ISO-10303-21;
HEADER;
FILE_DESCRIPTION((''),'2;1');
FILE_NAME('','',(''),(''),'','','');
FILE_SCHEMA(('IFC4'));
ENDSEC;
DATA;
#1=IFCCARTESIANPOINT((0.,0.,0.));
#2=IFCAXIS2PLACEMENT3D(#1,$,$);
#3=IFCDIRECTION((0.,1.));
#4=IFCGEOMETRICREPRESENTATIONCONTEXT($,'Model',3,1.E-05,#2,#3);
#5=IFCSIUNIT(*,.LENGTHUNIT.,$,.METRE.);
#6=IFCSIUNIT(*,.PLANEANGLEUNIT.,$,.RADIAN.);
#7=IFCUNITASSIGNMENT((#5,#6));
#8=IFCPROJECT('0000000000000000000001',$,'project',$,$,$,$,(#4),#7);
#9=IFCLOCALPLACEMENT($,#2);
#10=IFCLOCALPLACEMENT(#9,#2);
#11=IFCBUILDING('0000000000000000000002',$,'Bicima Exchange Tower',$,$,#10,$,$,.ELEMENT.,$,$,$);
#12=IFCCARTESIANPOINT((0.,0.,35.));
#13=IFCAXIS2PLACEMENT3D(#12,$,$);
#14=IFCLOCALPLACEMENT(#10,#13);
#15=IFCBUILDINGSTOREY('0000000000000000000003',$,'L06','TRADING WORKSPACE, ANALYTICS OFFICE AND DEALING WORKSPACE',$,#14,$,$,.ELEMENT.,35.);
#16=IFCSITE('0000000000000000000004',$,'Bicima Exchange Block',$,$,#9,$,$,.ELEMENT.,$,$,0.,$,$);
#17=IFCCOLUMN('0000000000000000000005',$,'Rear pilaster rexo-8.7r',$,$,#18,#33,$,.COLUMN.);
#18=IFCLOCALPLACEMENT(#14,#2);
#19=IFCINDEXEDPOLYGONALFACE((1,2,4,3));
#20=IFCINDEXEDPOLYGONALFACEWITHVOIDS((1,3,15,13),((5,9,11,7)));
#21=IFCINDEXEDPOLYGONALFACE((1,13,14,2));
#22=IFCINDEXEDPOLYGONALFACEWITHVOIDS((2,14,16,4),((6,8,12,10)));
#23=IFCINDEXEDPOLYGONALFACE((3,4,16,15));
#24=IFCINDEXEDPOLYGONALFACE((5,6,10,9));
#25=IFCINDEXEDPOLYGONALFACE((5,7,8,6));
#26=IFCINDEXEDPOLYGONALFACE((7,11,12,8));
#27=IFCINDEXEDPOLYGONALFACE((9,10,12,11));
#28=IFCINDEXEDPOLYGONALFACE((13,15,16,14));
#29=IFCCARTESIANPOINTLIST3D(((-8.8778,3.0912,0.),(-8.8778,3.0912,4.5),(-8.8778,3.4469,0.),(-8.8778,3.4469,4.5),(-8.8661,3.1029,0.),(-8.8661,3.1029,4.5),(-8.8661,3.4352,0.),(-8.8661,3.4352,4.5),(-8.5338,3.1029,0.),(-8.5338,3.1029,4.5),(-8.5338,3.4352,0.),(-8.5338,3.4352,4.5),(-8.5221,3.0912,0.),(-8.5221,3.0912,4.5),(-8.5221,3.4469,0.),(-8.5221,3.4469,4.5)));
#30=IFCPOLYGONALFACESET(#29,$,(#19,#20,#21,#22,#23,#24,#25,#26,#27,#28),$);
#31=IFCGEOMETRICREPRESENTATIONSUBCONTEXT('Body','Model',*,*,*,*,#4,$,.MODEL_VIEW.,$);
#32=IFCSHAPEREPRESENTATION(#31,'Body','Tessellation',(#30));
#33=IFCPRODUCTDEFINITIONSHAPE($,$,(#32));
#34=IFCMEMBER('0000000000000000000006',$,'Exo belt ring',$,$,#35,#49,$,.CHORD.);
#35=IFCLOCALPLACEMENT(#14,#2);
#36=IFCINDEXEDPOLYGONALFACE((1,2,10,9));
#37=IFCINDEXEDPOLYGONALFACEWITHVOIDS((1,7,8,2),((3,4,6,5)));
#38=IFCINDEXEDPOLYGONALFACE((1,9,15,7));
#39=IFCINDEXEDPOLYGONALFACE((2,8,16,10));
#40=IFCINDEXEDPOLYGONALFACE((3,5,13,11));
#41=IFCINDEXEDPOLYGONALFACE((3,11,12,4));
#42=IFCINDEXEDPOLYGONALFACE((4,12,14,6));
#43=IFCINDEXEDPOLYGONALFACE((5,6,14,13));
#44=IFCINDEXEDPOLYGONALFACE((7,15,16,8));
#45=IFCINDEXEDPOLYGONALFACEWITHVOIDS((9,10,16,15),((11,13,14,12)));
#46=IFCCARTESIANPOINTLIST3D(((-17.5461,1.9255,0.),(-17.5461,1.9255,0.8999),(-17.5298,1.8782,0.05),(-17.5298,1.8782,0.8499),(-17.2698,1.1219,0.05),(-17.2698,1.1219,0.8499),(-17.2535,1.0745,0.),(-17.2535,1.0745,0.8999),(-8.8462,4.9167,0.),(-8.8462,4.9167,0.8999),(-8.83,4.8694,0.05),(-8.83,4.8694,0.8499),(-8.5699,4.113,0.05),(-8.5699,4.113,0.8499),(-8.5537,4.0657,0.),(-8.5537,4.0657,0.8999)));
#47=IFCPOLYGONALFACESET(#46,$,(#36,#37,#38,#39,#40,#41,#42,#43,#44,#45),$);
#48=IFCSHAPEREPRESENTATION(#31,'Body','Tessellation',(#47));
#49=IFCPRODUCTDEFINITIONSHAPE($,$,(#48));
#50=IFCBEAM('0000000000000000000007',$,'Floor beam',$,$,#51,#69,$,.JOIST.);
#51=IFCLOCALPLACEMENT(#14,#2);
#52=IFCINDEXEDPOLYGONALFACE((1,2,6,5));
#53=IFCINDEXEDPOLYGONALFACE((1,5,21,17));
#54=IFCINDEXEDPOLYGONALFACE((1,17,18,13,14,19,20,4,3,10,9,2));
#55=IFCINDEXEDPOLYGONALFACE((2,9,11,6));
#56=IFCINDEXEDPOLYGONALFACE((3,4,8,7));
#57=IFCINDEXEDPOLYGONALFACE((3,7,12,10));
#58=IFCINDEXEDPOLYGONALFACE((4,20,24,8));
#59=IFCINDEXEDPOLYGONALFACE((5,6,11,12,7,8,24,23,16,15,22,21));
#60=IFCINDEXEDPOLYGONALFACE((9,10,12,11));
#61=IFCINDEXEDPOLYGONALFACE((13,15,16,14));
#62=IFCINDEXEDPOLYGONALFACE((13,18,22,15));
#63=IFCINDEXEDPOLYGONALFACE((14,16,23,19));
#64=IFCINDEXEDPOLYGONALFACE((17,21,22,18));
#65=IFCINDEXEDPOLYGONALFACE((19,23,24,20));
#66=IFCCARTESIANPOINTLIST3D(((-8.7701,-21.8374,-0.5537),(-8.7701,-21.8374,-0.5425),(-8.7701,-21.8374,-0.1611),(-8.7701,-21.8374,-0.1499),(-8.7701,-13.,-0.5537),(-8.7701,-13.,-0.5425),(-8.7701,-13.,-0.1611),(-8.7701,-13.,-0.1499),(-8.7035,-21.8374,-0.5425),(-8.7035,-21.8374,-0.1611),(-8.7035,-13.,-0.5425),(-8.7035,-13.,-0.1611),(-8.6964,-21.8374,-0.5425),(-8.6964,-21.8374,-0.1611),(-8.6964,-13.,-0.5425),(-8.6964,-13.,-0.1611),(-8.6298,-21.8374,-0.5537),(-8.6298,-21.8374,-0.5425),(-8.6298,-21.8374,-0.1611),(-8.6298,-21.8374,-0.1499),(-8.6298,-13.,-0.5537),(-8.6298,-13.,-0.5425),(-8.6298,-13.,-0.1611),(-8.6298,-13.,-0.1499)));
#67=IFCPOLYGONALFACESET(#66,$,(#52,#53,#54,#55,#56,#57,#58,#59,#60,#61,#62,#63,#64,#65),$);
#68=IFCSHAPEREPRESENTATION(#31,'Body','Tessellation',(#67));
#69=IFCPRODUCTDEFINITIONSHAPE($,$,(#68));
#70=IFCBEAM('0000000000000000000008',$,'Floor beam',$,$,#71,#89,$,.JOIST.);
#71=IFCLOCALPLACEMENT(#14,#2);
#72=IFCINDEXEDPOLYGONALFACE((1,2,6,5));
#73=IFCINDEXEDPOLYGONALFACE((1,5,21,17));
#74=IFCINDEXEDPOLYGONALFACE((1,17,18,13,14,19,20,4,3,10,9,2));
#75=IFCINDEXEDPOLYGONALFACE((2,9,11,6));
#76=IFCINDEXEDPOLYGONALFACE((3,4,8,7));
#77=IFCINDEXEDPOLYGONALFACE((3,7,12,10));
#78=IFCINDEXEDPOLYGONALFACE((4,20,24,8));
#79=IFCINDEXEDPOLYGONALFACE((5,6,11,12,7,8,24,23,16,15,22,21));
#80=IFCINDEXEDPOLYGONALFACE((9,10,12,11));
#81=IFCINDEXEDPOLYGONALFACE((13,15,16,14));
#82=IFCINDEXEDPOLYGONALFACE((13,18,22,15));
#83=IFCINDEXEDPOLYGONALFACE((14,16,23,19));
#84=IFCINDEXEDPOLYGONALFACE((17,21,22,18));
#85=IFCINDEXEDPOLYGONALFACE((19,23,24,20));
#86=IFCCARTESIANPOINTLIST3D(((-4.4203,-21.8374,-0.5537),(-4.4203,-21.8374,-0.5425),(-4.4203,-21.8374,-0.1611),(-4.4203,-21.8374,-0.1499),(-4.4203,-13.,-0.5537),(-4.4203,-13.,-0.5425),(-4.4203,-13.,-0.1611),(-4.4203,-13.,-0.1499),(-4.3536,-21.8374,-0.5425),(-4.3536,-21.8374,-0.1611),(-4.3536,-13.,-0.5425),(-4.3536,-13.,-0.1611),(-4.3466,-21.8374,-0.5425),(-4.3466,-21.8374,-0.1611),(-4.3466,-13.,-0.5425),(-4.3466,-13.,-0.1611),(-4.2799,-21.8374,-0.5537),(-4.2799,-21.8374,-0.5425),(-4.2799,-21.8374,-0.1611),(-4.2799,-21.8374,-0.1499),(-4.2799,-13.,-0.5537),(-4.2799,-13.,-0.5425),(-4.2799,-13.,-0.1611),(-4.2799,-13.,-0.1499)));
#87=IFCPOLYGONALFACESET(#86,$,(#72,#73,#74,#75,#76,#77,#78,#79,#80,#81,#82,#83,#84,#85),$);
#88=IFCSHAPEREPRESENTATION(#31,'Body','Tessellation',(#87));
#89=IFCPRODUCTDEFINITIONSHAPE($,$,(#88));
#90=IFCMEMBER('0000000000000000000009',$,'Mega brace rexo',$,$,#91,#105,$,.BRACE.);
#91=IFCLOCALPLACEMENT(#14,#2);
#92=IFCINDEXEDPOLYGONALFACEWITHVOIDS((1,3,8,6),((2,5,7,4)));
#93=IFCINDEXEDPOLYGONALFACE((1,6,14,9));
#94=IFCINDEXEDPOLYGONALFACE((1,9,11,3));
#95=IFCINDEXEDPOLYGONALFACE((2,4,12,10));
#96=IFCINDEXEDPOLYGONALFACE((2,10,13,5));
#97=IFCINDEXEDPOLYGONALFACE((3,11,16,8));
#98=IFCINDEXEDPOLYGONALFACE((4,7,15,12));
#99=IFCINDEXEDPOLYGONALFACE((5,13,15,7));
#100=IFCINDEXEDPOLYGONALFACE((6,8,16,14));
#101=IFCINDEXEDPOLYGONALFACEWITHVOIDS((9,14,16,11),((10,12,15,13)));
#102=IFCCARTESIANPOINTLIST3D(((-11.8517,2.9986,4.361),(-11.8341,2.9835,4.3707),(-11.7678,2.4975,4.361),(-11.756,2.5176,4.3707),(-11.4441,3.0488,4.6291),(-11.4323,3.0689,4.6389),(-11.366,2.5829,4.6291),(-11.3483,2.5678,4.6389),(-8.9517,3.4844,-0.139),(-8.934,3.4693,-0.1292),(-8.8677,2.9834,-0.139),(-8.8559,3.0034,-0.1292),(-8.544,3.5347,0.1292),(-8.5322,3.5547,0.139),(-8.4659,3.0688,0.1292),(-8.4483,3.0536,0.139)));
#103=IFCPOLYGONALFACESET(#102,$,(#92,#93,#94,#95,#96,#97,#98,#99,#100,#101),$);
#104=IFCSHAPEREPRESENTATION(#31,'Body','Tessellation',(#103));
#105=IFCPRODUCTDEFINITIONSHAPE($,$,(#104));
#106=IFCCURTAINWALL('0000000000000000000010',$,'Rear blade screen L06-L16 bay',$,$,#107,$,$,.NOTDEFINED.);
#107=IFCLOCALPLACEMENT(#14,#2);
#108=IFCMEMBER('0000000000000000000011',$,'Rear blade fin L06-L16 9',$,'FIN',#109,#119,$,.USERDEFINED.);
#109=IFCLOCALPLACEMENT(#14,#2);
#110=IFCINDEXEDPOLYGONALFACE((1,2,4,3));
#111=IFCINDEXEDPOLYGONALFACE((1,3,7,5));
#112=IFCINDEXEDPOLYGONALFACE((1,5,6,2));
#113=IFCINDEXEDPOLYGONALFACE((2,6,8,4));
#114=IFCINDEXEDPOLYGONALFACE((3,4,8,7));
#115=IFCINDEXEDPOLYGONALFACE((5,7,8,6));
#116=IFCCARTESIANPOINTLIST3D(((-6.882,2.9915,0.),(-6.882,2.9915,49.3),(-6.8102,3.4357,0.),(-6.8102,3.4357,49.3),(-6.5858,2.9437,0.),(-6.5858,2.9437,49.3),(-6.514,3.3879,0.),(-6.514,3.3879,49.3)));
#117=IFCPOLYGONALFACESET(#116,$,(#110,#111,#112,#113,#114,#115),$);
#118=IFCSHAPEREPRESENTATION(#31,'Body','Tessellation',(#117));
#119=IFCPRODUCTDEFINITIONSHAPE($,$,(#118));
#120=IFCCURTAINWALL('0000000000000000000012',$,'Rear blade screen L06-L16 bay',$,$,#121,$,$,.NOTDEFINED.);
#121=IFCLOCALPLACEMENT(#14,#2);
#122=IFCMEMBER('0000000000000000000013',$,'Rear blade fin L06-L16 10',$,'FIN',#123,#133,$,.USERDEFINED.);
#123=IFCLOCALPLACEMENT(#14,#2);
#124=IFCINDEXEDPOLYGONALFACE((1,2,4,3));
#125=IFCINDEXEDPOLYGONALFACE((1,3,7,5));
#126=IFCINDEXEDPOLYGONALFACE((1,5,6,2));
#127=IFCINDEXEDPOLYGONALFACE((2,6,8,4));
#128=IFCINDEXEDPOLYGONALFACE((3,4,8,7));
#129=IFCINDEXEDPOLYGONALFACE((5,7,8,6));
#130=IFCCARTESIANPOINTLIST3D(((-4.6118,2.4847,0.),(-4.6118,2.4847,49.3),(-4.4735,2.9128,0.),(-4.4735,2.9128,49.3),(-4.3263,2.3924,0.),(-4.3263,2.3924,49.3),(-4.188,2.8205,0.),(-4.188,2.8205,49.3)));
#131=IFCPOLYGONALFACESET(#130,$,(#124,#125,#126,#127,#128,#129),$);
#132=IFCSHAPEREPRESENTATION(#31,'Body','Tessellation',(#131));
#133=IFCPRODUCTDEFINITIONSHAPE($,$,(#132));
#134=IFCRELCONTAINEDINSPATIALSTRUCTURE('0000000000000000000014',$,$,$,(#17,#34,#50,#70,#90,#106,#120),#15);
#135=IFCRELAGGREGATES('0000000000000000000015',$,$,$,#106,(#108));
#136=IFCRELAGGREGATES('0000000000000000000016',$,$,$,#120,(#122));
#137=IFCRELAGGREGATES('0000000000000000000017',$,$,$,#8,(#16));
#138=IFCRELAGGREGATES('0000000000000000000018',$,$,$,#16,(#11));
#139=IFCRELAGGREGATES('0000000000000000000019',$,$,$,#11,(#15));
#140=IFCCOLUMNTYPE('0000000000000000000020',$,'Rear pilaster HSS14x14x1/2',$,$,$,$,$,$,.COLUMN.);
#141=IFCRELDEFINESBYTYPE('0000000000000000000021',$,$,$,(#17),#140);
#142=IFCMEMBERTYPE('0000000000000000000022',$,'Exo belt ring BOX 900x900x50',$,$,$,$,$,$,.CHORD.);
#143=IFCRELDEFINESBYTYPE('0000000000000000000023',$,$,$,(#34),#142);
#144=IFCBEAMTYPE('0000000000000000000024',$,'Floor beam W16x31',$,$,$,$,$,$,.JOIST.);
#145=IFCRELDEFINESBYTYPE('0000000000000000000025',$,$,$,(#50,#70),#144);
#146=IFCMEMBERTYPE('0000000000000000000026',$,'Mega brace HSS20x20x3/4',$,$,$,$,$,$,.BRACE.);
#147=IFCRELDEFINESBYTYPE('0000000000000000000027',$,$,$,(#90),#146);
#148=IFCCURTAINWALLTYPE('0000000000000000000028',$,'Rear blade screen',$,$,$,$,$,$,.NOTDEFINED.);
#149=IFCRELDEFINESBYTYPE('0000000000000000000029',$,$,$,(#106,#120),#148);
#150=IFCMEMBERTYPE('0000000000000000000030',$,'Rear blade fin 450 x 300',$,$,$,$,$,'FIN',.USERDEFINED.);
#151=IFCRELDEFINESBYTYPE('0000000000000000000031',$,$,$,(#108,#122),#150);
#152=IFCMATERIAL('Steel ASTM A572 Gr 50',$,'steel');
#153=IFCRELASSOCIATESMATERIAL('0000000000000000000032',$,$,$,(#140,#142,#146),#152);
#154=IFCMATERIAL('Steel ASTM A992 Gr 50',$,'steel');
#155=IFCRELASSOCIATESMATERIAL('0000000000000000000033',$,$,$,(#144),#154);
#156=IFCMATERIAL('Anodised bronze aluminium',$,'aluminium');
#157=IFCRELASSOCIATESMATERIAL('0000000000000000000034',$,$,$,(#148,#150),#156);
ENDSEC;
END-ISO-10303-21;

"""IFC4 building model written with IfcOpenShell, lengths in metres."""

from ifc_helpers import new_model, si_unit, direction, frame, origin, origin_2d, place, context, subcontext, project, spatial, rectangle, hollow_rectangle, i_section, extrude, material, material_profile, profile_set, type_object, element, aggregate, save


model = new_model("IFC4")

# Units and contexts
model_context = context("Model", 3, precision=1e-05, world=origin(), true_north=direction((0.0, 1.0)))
body_context = subcontext(model_context, "Body", "Model", "MODEL_VIEW")
ifc_project = project(units=[si_unit("LENGTHUNIT", "METRE"), si_unit("PLANEANGLEUNIT", "RADIAN")], contexts=[model_context])

# Site, building, storey
site_placement = place(None, origin())
site = spatial("IfcSite", under=ifc_project, at=site_placement, Name="Bicima Exchange Block", CompositionType="ELEMENT", RefElevation=0.0)
building_placement = place(site_placement, origin())
building = spatial("IfcBuilding", under=site, at=building_placement, Name="Bicima Exchange Tower", CompositionType="ELEMENT")
storey_placement = place(building_placement, frame((0.0, 0.0, 35.0)))
storey = spatial("IfcBuildingStorey", under=building, at=storey_placement, Name="L06", Description="TRADING WORKSPACE, ANALYTICS OFFICE AND DEALING WORKSPACE", CompositionType="ELEMENT", Elevation=35.0)

# Column
ifc_material_1 = material(Name="Steel ASTM A572 Gr 50", Category="steel")
ifc_material_profile_1 = material_profile(ifc_material_1, hollow_rectangle(XDim=0.3557, YDim=0.3557, WallThickness=0.0117, at=origin_2d()))
ifc_profile_set_1 = profile_set([ifc_material_profile_1], Name="Steel ASTM A572 Gr 50")
column_type = type_object("IfcColumnType", Name="Rear pilaster HSS14x14x1/2", PredefinedType="COLUMN", material=ifc_profile_set_1)
column_placement = place(storey_placement, frame((-8.7, 3.269, 0.0), z_axis=(0.0, 0.0, 1.0), x_axis=(1.0, 0.0, 0.0)))
element("IfcColumn", 1, at=column_placement, inside=storey, type_object=column_type, Name="Rear pilaster rexo-8.7r", PredefinedType="COLUMN", context=body_context, shape_type="SweptSolid", body=[
    extrude(hollow_rectangle(XDim=0.3557, YDim=0.3557, WallThickness=0.0117, at=origin_2d()), origin(), (0.0, 0.0, 1.0), 4.5),
])

# Member
ifc_material_profile_2 = material_profile(ifc_material_1, hollow_rectangle(XDim=0.8999, YDim=0.8999, WallThickness=0.05, at=origin_2d()))
ifc_profile_set_2 = profile_set([ifc_material_profile_2], Name="Steel ASTM A572 Gr 50")
member_type_1 = type_object("IfcMemberType", Name="Exo belt ring BOX 900x900x50", PredefinedType="CHORD", material=ifc_profile_set_2)
member_1_placement = place(storey_placement, frame((-8.7, 4.4912, 0.45), z_axis=(-0.945666, -0.325138, 0.0), x_axis=(0.325138, -0.945666, 0.0)))
element("IfcMember", 2, at=member_1_placement, inside=storey, type_object=member_type_1, Name="Exo belt ring", PredefinedType="CHORD", context=body_context, shape_type="SweptSolid", body=[
    extrude(hollow_rectangle(XDim=0.8999, YDim=0.8999, WallThickness=0.05, at=origin_2d()), origin(), (0.0, 0.0, 1.0), 9.1997),
])

# Beams
ifc_material_2 = material(Name="Steel ASTM A992 Gr 50", Category="steel")
ifc_material_profile_3 = material_profile(ifc_material_2, i_section(OverallWidth=0.1404, OverallDepth=0.4038, WebThickness=0.0071, FlangeThickness=0.0112, at=origin_2d()))
ifc_profile_set_3 = profile_set([ifc_material_profile_3], Name="Steel ASTM A992 Gr 50")
beam_type = type_object("IfcBeamType", Name="Floor beam W16x31", PredefinedType="JOIST", material=ifc_profile_set_3)
for number, where, z_axis, x_axis, name in (
    (3, (-8.7, -13.0, -0.3518), (0.0, -1.0, 0.0), (1.0, 0.0, 0.0), "Floor beam"),
    (4, (-4.3501, -13.0, -0.3518), (0.0, -1.0, 0.0), (1.0, 0.0, 0.0), "Floor beam"),
):
    element("IfcBeam", number, at=place(storey_placement, frame(where, z_axis=z_axis, x_axis=x_axis)), inside=storey, type_object=beam_type, Name=name, PredefinedType="JOIST", context=body_context, shape_type="SweptSolid", body=[
        extrude(i_section(OverallWidth=0.1404, OverallDepth=0.4038, WebThickness=0.0071, FlangeThickness=0.0112, at=origin_2d()), origin(), (0.0, 0.0, 1.0), 8.8374),
    ])

# Member
ifc_material_profile_4 = material_profile(ifc_material_1, hollow_rectangle(XDim=0.5081, YDim=0.5081, WallThickness=0.0178, at=origin_2d()))
ifc_profile_set_4 = profile_set([ifc_material_profile_4], Name="Steel ASTM A572 Gr 50")
member_type_2 = type_object("IfcMemberType", Name="Mega brace HSS20x20x3/4", PredefinedType="BRACE", material=ifc_profile_set_4)
member_2_placement = place(storey_placement, frame((-8.7, 3.269, 0.0), z_axis=(-0.539504, -0.090379, 0.837119), x_axis=(0.16522, -0.986257, 0.0)))
element("IfcMember", 5, at=member_2_placement, inside=storey, type_object=member_type_2, Name="Mega brace rexo", PredefinedType="BRACE", context=body_context, shape_type="SweptSolid", body=[
    extrude(hollow_rectangle(XDim=0.5081, YDim=0.5081, WallThickness=0.0178, at=origin_2d()), origin(), (0.0, 0.0, 1.0), 5.3755),
])

# Curtain walls, members
ifc_material_3 = material(Name="Anodised bronze aluminium", Category="aluminium")
curtain_wall_type = type_object("IfcCurtainWallType", Name="Rear blade screen", PredefinedType="NOTDEFINED", material=ifc_material_3)
curtain_wall_1_placement = place(storey_placement, origin())
curtain_wall_1 = element("IfcCurtainWall", 6, at=curtain_wall_1_placement, inside=storey, type_object=curtain_wall_type, Name="Rear blade screen L06-L16 bay", PredefinedType="NOTDEFINED")
ifc_material_profile_5 = material_profile(ifc_material_3, rectangle(XDim=0.45, YDim=0.3, at=origin_2d()))
ifc_profile_set_5 = profile_set([ifc_material_profile_5], Name="Anodised bronze aluminium")
member_type_3 = type_object("IfcMemberType", Name="Rear blade fin 450 x 300", ElementType="FIN", PredefinedType="USERDEFINED", material=ifc_profile_set_5)
member_3_placement = place(storey_placement, frame((-6.698, 3.1897, 0.0), z_axis=(0.0, 0.0, 1.0), x_axis=(0.159549, 0.98719, 0.0)))
member_3 = element("IfcMember", 7, at=member_3_placement, type_object=member_type_3, Name="Rear blade fin L06-L16 9", ObjectType="FIN", PredefinedType="USERDEFINED", context=body_context, shape_type="SweptSolid", body=[
    extrude(rectangle(XDim=0.45, YDim=0.3, at=origin_2d()), origin(), (0.0, 0.0, 1.0), 49.3),
])
aggregate(curtain_wall_1, [member_3])
curtain_wall_2_placement = place(storey_placement, origin())
curtain_wall_2 = element("IfcCurtainWall", 8, at=curtain_wall_2_placement, inside=storey, type_object=curtain_wall_type, Name="Rear blade screen L06-L16 bay", PredefinedType="NOTDEFINED")
member_4_placement = place(storey_placement, frame((-4.3999, 2.6526, 0.0), z_axis=(0.0, 0.0, 1.0), x_axis=(0.307568, 0.951526, 0.0)))
member_4 = element("IfcMember", 9, at=member_4_placement, type_object=member_type_3, Name="Rear blade fin L06-L16 10", ObjectType="FIN", PredefinedType="USERDEFINED", context=body_context, shape_type="SweptSolid", body=[
    extrude(rectangle(XDim=0.45, YDim=0.3, at=origin_2d()), origin(), (0.0, 0.0, 1.0), 49.3),
])
aggregate(curtain_wall_2, [member_4])

save(model, "model.ifc")
